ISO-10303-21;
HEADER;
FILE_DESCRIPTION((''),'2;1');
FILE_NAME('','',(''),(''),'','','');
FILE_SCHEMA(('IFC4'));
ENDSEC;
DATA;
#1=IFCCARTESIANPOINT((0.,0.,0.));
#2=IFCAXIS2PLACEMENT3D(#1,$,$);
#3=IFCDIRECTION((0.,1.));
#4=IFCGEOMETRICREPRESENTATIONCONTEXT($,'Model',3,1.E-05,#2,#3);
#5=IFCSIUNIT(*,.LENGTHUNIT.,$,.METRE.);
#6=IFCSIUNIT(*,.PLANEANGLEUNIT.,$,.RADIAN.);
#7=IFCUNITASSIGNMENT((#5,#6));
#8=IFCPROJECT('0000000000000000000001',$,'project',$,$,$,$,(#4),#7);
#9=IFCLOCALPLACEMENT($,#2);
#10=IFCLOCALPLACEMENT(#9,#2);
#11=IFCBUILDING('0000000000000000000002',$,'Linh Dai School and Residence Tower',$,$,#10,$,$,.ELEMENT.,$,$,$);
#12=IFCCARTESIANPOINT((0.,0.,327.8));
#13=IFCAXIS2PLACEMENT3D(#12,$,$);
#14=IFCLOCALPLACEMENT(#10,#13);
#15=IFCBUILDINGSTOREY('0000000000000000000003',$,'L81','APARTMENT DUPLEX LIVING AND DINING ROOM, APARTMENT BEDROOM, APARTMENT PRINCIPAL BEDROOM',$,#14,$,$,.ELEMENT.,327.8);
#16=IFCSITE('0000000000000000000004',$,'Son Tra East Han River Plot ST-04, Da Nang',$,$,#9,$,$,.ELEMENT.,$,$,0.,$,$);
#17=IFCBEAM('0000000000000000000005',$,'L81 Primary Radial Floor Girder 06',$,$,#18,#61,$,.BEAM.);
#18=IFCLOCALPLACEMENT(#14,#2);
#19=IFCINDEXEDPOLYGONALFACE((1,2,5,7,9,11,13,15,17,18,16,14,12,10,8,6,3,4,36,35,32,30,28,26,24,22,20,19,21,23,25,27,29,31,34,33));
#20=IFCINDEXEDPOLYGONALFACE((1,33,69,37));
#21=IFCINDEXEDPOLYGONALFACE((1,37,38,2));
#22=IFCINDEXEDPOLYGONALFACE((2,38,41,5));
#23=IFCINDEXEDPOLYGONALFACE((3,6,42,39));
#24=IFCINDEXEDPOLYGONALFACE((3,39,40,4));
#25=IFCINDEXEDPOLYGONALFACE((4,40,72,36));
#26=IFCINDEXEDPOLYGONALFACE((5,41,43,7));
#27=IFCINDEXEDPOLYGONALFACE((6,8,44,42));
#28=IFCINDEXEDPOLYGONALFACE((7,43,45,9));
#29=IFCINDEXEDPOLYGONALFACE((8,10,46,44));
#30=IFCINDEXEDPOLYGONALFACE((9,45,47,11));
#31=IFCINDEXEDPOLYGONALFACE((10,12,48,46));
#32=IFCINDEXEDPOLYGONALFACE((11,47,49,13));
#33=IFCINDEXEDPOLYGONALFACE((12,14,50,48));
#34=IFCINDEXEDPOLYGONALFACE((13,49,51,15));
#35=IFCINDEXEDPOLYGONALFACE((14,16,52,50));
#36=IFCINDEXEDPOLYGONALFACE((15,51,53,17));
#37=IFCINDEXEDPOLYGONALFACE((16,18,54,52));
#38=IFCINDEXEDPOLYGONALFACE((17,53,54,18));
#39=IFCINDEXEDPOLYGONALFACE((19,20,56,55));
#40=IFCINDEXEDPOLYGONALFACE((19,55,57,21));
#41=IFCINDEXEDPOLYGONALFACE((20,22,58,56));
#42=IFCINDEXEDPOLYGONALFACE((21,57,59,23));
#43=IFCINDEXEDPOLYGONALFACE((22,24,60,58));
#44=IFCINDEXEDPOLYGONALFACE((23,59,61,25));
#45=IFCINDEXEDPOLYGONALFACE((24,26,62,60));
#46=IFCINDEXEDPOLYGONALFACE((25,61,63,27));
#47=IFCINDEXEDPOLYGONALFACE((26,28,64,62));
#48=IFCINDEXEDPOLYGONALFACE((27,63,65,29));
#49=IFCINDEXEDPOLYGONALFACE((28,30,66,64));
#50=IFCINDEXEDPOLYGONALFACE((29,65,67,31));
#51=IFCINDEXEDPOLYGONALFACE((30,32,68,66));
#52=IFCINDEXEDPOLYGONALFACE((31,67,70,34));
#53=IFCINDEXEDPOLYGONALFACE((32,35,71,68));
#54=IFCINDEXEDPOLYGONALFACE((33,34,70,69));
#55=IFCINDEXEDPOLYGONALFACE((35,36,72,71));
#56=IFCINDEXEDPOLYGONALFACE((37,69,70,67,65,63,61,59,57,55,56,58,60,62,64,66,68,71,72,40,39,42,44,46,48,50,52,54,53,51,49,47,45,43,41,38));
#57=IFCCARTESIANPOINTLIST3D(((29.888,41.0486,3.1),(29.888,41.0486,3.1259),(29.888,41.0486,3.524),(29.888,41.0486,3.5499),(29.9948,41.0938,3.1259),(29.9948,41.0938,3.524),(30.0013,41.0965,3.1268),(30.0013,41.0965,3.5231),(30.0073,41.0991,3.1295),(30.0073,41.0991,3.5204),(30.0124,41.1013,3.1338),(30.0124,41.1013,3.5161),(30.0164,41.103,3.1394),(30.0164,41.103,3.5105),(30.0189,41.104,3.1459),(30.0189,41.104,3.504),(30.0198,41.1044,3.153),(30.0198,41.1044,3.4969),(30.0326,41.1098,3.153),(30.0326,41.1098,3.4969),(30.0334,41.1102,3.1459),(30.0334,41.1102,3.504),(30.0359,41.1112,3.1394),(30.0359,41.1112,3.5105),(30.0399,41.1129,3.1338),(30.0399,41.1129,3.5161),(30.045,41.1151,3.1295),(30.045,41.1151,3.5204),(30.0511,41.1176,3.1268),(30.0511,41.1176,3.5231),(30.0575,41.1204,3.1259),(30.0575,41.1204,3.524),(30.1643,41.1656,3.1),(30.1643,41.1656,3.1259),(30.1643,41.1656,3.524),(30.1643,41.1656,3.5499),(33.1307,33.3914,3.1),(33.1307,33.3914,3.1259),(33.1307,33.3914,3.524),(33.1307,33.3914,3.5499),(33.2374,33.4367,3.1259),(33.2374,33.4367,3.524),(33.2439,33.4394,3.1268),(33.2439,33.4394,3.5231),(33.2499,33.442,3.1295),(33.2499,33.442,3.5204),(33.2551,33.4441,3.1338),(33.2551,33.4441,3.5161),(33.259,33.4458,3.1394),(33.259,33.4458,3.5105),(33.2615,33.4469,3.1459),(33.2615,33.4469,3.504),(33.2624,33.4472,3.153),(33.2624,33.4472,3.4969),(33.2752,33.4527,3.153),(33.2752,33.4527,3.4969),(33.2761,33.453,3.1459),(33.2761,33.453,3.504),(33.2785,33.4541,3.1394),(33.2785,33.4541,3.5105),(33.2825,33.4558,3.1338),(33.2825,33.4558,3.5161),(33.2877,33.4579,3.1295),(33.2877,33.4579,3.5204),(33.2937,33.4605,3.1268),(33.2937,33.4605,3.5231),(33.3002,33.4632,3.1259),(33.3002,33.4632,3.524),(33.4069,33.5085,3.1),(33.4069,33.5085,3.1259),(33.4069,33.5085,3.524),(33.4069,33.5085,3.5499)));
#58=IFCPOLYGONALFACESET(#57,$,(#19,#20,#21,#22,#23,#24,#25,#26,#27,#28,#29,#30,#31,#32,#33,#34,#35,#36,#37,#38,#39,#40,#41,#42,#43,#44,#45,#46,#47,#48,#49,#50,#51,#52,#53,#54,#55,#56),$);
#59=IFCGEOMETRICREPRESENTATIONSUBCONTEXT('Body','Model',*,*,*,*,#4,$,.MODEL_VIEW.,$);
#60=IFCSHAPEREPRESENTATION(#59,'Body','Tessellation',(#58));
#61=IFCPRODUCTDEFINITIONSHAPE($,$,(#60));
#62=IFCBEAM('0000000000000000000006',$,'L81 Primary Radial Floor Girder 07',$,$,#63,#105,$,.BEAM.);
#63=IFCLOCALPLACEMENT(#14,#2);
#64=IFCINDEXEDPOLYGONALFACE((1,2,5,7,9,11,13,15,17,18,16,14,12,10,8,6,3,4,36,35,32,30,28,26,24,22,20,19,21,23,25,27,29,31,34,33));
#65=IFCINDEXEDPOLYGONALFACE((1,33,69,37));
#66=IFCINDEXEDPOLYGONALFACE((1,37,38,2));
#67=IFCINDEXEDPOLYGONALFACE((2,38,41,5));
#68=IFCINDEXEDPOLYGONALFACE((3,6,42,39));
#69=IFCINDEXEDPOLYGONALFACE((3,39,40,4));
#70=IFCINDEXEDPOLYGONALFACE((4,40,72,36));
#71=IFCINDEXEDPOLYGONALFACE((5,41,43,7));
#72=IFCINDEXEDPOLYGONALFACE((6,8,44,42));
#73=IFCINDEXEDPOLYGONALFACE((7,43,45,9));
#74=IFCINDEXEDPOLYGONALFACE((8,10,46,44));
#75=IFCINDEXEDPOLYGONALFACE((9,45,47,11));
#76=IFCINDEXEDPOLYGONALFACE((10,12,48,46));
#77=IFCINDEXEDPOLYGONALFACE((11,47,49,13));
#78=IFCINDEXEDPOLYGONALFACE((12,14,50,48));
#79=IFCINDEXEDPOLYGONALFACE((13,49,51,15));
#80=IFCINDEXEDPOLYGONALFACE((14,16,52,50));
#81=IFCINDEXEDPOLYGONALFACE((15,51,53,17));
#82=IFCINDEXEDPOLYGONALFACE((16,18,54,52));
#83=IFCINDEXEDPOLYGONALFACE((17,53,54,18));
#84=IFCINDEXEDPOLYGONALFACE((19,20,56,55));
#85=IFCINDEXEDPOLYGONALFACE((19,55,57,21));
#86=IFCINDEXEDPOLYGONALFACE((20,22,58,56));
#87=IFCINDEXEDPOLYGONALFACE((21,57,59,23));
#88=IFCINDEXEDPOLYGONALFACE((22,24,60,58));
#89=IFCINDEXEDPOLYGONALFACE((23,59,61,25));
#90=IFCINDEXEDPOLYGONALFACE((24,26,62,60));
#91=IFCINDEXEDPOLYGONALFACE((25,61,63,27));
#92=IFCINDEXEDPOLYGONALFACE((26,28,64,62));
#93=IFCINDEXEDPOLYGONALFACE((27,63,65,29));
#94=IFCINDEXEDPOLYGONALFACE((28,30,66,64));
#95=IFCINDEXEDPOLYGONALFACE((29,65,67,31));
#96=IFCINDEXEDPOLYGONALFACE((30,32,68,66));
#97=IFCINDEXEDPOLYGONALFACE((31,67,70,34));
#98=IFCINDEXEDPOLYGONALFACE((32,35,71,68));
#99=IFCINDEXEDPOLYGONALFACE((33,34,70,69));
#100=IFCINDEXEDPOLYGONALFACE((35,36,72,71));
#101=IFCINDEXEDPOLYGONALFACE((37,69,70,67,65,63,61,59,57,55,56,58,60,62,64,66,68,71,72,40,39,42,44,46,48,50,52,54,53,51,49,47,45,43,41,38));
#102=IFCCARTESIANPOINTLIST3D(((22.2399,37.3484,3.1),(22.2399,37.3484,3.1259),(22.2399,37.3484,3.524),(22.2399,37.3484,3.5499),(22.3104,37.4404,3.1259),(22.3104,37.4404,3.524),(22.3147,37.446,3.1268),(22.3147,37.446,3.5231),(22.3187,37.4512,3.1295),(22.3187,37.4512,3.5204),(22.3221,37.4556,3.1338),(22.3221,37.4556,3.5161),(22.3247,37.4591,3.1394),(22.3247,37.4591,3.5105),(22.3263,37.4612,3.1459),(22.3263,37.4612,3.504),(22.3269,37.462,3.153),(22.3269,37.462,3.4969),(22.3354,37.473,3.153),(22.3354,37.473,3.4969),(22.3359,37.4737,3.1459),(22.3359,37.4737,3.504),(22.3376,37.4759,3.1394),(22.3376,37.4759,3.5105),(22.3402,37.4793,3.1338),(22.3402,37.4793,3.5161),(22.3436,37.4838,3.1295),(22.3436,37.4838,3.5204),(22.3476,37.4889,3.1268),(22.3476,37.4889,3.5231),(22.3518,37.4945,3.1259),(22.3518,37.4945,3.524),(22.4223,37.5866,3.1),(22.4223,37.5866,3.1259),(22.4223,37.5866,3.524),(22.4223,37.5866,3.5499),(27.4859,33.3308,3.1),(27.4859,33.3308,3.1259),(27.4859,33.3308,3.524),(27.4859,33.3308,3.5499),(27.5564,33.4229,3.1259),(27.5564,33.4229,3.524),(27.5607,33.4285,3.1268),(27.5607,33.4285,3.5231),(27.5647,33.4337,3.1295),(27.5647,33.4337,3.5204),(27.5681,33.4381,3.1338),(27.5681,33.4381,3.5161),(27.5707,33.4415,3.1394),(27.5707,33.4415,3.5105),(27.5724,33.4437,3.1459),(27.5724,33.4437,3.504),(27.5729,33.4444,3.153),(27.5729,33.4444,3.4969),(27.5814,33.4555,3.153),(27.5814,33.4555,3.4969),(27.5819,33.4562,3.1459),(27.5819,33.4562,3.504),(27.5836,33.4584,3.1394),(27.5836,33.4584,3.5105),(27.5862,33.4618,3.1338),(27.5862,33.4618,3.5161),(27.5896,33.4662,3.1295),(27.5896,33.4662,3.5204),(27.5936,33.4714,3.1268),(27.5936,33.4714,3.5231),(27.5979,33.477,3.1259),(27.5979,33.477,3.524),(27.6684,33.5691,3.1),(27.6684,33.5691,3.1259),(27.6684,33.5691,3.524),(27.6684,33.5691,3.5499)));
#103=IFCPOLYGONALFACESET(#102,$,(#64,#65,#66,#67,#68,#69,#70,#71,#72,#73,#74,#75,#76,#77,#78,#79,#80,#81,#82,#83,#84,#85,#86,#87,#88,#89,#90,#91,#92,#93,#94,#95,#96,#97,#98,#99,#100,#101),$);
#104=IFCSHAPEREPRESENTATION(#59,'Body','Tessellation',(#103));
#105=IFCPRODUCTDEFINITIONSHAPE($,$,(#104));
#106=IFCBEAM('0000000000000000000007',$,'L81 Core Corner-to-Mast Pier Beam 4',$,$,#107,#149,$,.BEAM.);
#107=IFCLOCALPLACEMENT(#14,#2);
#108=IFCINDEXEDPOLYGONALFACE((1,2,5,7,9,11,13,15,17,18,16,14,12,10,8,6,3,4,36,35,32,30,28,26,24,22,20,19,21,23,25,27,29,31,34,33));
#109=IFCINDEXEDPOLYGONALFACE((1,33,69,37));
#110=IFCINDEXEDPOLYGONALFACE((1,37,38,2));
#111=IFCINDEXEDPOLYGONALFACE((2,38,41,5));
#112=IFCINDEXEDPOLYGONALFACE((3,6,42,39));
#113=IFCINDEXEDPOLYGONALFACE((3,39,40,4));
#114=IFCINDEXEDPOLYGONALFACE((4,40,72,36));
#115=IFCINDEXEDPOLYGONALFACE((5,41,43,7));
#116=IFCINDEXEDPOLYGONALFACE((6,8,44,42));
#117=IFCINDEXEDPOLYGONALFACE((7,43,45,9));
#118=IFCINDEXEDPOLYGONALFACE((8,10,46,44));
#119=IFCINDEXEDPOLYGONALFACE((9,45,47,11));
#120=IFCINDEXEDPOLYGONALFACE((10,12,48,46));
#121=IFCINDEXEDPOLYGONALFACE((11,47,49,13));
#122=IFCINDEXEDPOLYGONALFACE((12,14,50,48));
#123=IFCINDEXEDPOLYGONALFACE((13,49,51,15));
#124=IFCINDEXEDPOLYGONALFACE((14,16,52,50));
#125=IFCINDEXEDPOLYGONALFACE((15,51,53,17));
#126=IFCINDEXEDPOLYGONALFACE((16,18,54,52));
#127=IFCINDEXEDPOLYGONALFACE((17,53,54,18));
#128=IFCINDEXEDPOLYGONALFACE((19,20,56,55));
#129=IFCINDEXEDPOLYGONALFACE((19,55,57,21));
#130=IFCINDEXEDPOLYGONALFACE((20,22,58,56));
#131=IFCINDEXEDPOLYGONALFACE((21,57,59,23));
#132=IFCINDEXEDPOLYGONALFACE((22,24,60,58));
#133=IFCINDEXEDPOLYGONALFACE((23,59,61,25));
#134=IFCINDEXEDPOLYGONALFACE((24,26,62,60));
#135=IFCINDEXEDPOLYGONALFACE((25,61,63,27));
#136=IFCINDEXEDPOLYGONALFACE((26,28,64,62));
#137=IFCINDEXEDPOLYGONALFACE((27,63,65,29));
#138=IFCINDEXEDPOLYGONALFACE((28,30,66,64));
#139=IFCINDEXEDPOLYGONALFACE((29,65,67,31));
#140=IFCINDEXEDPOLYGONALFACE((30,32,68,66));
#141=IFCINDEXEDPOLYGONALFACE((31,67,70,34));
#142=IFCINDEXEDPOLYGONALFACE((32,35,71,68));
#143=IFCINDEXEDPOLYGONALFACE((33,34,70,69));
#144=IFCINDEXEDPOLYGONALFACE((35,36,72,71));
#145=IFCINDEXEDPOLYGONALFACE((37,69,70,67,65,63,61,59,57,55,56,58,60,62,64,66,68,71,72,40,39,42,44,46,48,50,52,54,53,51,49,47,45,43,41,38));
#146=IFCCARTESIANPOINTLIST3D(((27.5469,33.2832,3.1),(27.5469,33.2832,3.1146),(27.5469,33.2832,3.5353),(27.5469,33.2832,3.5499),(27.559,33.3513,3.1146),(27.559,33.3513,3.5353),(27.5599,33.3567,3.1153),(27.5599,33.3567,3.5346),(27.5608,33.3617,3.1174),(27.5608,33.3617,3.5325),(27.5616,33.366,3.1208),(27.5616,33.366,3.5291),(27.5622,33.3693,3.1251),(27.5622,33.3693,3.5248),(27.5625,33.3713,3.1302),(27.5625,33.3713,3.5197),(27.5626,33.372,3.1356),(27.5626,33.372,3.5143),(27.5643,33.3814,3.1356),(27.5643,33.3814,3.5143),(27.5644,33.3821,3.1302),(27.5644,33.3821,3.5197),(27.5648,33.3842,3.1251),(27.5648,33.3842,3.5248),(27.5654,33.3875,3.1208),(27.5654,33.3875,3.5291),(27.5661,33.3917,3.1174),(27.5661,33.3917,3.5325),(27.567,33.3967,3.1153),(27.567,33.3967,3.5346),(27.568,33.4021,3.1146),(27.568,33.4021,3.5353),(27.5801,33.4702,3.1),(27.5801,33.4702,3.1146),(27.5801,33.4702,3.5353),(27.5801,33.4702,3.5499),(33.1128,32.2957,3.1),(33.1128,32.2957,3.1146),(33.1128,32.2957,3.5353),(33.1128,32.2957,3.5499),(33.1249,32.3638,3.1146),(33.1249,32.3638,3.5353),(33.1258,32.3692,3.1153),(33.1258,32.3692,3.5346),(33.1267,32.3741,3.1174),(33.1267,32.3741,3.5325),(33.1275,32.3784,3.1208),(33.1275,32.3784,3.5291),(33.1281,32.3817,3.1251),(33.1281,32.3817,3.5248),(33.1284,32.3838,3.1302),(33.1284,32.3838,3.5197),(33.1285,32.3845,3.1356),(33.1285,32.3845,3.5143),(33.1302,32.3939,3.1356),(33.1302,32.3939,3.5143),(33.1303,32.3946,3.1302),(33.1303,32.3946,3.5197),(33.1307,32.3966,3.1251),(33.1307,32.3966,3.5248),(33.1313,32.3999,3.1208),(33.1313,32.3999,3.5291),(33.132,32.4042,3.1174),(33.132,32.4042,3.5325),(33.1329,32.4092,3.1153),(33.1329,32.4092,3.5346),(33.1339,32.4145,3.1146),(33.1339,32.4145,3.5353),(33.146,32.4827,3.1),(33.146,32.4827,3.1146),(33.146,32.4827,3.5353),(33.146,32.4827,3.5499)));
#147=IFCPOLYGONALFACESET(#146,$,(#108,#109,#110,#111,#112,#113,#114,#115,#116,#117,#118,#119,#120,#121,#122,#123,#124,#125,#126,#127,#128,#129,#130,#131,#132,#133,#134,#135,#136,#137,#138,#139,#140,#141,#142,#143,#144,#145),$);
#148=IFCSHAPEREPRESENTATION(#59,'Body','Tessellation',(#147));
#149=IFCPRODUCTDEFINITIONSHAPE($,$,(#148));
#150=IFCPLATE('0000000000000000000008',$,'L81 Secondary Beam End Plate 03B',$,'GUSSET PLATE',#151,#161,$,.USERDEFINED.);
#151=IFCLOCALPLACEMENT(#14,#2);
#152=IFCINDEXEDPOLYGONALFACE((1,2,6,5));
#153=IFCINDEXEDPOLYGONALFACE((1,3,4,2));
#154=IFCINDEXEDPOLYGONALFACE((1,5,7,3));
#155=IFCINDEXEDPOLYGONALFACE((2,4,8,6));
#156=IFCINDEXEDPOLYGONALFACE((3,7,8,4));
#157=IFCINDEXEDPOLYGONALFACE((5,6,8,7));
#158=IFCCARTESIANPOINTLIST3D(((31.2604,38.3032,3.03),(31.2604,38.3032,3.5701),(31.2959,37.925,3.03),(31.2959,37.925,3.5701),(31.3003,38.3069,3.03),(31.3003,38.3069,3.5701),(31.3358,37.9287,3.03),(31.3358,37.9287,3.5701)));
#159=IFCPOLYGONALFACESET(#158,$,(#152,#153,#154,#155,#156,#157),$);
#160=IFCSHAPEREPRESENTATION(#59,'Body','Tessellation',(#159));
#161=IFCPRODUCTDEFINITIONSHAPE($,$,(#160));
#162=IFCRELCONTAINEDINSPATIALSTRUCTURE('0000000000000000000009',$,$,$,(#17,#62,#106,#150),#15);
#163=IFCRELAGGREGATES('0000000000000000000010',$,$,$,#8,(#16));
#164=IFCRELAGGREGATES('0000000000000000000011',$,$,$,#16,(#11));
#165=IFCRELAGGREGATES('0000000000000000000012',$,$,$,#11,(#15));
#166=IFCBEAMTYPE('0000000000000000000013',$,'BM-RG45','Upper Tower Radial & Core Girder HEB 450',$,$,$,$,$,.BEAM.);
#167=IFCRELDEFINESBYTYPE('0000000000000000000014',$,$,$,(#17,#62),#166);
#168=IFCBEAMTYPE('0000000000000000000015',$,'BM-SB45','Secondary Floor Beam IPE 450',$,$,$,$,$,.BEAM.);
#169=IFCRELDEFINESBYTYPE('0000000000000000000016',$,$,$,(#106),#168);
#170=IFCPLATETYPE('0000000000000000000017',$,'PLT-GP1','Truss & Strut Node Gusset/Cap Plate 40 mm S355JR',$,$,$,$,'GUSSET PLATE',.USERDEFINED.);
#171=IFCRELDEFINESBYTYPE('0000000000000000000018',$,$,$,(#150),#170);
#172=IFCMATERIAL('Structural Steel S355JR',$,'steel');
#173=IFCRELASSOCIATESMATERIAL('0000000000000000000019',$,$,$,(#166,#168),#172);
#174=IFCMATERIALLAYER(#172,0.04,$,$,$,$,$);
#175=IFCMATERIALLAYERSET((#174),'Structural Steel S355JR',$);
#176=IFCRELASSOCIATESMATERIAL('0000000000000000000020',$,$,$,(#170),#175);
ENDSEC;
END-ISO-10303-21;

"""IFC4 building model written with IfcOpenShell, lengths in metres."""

from ifc_helpers import new_model, si_unit, direction, frame, origin, origin_2d, place, context, subcontext, project, spatial, rectangle, i_section, extrude, source, transform, mapped, material, layer, layer_set, material_profile, profile_set, type_object, element, save


model = new_model("IFC4")

# Units and contexts
model_context = context("Model", 3, precision=1e-05, world=origin(), true_north=direction((0.0, 1.0)))
body_context = subcontext(model_context, "Body", "Model", "MODEL_VIEW")
ifc_project = project(units=[si_unit("LENGTHUNIT", "METRE"), si_unit("PLANEANGLEUNIT", "RADIAN")], contexts=[model_context])

# Site, building, storey
site_placement = place(None, origin())
site = spatial("IfcSite", under=ifc_project, at=site_placement, Name="Son Tra East Han River Plot ST-04, Da Nang", CompositionType="ELEMENT", RefElevation=0.0)
building_placement = place(site_placement, origin())
building = spatial("IfcBuilding", under=site, at=building_placement, Name="Linh Dai School and Residence Tower", CompositionType="ELEMENT")
storey_placement = place(building_placement, frame((0.0, 0.0, 327.8)))
storey = spatial("IfcBuildingStorey", under=building, at=storey_placement, Name="L81", Description="APARTMENT DUPLEX LIVING AND DINING ROOM, APARTMENT BEDROOM, APARTMENT PRINCIPAL BEDROOM", CompositionType="ELEMENT", Elevation=327.8)

# Shared definitions
ifc_material_1 = material(Name="Structural Steel S355JR", Category="steel")

# Beams
ifc_material_profile_1 = material_profile(ifc_material_1, i_section(OverallWidth=0.3, OverallDepth=0.45, WebThickness=0.0139, FlangeThickness=0.0259, FilletRadius=0.0271, at=origin_2d()), Name="HEB 450")
ifc_profile_set_1 = profile_set([ifc_material_profile_1], Name="Structural Steel S355JR")
beam_type_1 = type_object("IfcBeamType", Name="BM-RG45", Description="Upper Tower Radial & Core Girder HEB 450", PredefinedType="BEAM", material=ifc_profile_set_1)
beam_1_placement = place(storey_placement, frame((33.2688, 33.45, 3.325), z_axis=(-0.389954, 0.920834, 0.0), x_axis=(-0.920834, -0.389954, 0.0)))
element("IfcBeam", 1, at=beam_1_placement, inside=storey, type_object=beam_type_1, Name="L81 Primary Radial Floor Girder 06", PredefinedType="BEAM", context=body_context, shape_type="SweptSolid", body=[
    extrude(i_section(OverallWidth=0.3, OverallDepth=0.45, WebThickness=0.0139, FlangeThickness=0.0259, FilletRadius=0.0271, at=origin_2d()), origin(), (0.0, 0.0, 1.0), 8.3154),
])
beam_2_placement = place(storey_placement, frame((27.5771, 33.45, 3.325), z_axis=(-0.79393, 0.608009, 0.0), x_axis=(-0.608009, -0.79393, 0.0)))
element("IfcBeam", 2, at=beam_2_placement, inside=storey, type_object=beam_type_1, Name="L81 Primary Radial Floor Girder 07", PredefinedType="BEAM", context=body_context, shape_type="SweptSolid", body=[
    extrude(i_section(OverallWidth=0.3, OverallDepth=0.45, WebThickness=0.0139, FlangeThickness=0.0259, FilletRadius=0.0271, at=origin_2d()), origin(), (0.0, 0.0, 1.0), 6.6077),
])
ifc_material_profile_2 = material_profile(ifc_material_1, i_section(OverallWidth=0.1899, OverallDepth=0.45, WebThickness=0.0095, FlangeThickness=0.0146, FilletRadius=0.021, at=origin_2d()), Name="IPE 450")
ifc_profile_set_2 = profile_set([ifc_material_profile_2], Name="Structural Steel S355JR")
beam_type_2 = type_object("IfcBeamType", Name="BM-SB45", Description="Secondary Floor Beam IPE 450", PredefinedType="BEAM", material=ifc_profile_set_2)
beam_3_placement = place(storey_placement, frame((27.5635, 33.3767, 3.325), z_axis=(0.984622, -0.174699, 0.0), x_axis=(0.174699, 0.984622, 0.0)))
element("IfcBeam", 3, at=beam_3_placement, inside=storey, type_object=beam_type_2, Name="L81 Core Corner-to-Mast Pier Beam 4", PredefinedType="BEAM", context=body_context, shape_type="SweptSolid", body=[
    extrude(i_section(OverallWidth=0.1899, OverallDepth=0.45, WebThickness=0.0095, FlangeThickness=0.0146, FilletRadius=0.021, at=origin_2d()), origin(), (0.0, 0.0, 1.0), 5.6528),
])

# Plate
ifc_layer_1 = layer(ifc_material_1, 0.04)
ifc_layer_set_1 = layer_set([ifc_layer_1], Name="Structural Steel S355JR")
plate_type = type_object("IfcPlateType", Name="PLT-GP1", Description="Truss & Strut Node Gusset/Cap Plate 40 mm S355JR", ElementType="GUSSET PLATE", PredefinedType="USERDEFINED", material=ifc_layer_set_1)
shared_shape_1 = source(origin(), body_context, "Body", "SweptSolid", [
    extrude(rectangle(XDim=0.04, YDim=0.3799, at=origin_2d()), origin(), (0.0, 0.0, 1.0), 0.54),
])
plate_placement = place(storey_placement, frame((31.2981, 38.116, 3.03), z_axis=(0.0, 0.0, 1.0), x_axis=(-0.995631, -0.093373, 0.0)))
element("IfcPlate", 4, at=plate_placement, inside=storey, type_object=plate_type, Name="L81 Secondary Beam End Plate 03B", ObjectType="GUSSET PLATE", PredefinedType="USERDEFINED", context=body_context, shape_type="MappedRepresentation", body=[
    mapped(shared_shape_1, transform((0.0, 0.0, 0.0), x_axis=(1.0, 0.0, 0.0), y_axis=(0.0, 1.0, 0.0), z_axis=(0.0, 0.0, 1.0), scale=1.0)),
])

save(model, "model.ifc")
